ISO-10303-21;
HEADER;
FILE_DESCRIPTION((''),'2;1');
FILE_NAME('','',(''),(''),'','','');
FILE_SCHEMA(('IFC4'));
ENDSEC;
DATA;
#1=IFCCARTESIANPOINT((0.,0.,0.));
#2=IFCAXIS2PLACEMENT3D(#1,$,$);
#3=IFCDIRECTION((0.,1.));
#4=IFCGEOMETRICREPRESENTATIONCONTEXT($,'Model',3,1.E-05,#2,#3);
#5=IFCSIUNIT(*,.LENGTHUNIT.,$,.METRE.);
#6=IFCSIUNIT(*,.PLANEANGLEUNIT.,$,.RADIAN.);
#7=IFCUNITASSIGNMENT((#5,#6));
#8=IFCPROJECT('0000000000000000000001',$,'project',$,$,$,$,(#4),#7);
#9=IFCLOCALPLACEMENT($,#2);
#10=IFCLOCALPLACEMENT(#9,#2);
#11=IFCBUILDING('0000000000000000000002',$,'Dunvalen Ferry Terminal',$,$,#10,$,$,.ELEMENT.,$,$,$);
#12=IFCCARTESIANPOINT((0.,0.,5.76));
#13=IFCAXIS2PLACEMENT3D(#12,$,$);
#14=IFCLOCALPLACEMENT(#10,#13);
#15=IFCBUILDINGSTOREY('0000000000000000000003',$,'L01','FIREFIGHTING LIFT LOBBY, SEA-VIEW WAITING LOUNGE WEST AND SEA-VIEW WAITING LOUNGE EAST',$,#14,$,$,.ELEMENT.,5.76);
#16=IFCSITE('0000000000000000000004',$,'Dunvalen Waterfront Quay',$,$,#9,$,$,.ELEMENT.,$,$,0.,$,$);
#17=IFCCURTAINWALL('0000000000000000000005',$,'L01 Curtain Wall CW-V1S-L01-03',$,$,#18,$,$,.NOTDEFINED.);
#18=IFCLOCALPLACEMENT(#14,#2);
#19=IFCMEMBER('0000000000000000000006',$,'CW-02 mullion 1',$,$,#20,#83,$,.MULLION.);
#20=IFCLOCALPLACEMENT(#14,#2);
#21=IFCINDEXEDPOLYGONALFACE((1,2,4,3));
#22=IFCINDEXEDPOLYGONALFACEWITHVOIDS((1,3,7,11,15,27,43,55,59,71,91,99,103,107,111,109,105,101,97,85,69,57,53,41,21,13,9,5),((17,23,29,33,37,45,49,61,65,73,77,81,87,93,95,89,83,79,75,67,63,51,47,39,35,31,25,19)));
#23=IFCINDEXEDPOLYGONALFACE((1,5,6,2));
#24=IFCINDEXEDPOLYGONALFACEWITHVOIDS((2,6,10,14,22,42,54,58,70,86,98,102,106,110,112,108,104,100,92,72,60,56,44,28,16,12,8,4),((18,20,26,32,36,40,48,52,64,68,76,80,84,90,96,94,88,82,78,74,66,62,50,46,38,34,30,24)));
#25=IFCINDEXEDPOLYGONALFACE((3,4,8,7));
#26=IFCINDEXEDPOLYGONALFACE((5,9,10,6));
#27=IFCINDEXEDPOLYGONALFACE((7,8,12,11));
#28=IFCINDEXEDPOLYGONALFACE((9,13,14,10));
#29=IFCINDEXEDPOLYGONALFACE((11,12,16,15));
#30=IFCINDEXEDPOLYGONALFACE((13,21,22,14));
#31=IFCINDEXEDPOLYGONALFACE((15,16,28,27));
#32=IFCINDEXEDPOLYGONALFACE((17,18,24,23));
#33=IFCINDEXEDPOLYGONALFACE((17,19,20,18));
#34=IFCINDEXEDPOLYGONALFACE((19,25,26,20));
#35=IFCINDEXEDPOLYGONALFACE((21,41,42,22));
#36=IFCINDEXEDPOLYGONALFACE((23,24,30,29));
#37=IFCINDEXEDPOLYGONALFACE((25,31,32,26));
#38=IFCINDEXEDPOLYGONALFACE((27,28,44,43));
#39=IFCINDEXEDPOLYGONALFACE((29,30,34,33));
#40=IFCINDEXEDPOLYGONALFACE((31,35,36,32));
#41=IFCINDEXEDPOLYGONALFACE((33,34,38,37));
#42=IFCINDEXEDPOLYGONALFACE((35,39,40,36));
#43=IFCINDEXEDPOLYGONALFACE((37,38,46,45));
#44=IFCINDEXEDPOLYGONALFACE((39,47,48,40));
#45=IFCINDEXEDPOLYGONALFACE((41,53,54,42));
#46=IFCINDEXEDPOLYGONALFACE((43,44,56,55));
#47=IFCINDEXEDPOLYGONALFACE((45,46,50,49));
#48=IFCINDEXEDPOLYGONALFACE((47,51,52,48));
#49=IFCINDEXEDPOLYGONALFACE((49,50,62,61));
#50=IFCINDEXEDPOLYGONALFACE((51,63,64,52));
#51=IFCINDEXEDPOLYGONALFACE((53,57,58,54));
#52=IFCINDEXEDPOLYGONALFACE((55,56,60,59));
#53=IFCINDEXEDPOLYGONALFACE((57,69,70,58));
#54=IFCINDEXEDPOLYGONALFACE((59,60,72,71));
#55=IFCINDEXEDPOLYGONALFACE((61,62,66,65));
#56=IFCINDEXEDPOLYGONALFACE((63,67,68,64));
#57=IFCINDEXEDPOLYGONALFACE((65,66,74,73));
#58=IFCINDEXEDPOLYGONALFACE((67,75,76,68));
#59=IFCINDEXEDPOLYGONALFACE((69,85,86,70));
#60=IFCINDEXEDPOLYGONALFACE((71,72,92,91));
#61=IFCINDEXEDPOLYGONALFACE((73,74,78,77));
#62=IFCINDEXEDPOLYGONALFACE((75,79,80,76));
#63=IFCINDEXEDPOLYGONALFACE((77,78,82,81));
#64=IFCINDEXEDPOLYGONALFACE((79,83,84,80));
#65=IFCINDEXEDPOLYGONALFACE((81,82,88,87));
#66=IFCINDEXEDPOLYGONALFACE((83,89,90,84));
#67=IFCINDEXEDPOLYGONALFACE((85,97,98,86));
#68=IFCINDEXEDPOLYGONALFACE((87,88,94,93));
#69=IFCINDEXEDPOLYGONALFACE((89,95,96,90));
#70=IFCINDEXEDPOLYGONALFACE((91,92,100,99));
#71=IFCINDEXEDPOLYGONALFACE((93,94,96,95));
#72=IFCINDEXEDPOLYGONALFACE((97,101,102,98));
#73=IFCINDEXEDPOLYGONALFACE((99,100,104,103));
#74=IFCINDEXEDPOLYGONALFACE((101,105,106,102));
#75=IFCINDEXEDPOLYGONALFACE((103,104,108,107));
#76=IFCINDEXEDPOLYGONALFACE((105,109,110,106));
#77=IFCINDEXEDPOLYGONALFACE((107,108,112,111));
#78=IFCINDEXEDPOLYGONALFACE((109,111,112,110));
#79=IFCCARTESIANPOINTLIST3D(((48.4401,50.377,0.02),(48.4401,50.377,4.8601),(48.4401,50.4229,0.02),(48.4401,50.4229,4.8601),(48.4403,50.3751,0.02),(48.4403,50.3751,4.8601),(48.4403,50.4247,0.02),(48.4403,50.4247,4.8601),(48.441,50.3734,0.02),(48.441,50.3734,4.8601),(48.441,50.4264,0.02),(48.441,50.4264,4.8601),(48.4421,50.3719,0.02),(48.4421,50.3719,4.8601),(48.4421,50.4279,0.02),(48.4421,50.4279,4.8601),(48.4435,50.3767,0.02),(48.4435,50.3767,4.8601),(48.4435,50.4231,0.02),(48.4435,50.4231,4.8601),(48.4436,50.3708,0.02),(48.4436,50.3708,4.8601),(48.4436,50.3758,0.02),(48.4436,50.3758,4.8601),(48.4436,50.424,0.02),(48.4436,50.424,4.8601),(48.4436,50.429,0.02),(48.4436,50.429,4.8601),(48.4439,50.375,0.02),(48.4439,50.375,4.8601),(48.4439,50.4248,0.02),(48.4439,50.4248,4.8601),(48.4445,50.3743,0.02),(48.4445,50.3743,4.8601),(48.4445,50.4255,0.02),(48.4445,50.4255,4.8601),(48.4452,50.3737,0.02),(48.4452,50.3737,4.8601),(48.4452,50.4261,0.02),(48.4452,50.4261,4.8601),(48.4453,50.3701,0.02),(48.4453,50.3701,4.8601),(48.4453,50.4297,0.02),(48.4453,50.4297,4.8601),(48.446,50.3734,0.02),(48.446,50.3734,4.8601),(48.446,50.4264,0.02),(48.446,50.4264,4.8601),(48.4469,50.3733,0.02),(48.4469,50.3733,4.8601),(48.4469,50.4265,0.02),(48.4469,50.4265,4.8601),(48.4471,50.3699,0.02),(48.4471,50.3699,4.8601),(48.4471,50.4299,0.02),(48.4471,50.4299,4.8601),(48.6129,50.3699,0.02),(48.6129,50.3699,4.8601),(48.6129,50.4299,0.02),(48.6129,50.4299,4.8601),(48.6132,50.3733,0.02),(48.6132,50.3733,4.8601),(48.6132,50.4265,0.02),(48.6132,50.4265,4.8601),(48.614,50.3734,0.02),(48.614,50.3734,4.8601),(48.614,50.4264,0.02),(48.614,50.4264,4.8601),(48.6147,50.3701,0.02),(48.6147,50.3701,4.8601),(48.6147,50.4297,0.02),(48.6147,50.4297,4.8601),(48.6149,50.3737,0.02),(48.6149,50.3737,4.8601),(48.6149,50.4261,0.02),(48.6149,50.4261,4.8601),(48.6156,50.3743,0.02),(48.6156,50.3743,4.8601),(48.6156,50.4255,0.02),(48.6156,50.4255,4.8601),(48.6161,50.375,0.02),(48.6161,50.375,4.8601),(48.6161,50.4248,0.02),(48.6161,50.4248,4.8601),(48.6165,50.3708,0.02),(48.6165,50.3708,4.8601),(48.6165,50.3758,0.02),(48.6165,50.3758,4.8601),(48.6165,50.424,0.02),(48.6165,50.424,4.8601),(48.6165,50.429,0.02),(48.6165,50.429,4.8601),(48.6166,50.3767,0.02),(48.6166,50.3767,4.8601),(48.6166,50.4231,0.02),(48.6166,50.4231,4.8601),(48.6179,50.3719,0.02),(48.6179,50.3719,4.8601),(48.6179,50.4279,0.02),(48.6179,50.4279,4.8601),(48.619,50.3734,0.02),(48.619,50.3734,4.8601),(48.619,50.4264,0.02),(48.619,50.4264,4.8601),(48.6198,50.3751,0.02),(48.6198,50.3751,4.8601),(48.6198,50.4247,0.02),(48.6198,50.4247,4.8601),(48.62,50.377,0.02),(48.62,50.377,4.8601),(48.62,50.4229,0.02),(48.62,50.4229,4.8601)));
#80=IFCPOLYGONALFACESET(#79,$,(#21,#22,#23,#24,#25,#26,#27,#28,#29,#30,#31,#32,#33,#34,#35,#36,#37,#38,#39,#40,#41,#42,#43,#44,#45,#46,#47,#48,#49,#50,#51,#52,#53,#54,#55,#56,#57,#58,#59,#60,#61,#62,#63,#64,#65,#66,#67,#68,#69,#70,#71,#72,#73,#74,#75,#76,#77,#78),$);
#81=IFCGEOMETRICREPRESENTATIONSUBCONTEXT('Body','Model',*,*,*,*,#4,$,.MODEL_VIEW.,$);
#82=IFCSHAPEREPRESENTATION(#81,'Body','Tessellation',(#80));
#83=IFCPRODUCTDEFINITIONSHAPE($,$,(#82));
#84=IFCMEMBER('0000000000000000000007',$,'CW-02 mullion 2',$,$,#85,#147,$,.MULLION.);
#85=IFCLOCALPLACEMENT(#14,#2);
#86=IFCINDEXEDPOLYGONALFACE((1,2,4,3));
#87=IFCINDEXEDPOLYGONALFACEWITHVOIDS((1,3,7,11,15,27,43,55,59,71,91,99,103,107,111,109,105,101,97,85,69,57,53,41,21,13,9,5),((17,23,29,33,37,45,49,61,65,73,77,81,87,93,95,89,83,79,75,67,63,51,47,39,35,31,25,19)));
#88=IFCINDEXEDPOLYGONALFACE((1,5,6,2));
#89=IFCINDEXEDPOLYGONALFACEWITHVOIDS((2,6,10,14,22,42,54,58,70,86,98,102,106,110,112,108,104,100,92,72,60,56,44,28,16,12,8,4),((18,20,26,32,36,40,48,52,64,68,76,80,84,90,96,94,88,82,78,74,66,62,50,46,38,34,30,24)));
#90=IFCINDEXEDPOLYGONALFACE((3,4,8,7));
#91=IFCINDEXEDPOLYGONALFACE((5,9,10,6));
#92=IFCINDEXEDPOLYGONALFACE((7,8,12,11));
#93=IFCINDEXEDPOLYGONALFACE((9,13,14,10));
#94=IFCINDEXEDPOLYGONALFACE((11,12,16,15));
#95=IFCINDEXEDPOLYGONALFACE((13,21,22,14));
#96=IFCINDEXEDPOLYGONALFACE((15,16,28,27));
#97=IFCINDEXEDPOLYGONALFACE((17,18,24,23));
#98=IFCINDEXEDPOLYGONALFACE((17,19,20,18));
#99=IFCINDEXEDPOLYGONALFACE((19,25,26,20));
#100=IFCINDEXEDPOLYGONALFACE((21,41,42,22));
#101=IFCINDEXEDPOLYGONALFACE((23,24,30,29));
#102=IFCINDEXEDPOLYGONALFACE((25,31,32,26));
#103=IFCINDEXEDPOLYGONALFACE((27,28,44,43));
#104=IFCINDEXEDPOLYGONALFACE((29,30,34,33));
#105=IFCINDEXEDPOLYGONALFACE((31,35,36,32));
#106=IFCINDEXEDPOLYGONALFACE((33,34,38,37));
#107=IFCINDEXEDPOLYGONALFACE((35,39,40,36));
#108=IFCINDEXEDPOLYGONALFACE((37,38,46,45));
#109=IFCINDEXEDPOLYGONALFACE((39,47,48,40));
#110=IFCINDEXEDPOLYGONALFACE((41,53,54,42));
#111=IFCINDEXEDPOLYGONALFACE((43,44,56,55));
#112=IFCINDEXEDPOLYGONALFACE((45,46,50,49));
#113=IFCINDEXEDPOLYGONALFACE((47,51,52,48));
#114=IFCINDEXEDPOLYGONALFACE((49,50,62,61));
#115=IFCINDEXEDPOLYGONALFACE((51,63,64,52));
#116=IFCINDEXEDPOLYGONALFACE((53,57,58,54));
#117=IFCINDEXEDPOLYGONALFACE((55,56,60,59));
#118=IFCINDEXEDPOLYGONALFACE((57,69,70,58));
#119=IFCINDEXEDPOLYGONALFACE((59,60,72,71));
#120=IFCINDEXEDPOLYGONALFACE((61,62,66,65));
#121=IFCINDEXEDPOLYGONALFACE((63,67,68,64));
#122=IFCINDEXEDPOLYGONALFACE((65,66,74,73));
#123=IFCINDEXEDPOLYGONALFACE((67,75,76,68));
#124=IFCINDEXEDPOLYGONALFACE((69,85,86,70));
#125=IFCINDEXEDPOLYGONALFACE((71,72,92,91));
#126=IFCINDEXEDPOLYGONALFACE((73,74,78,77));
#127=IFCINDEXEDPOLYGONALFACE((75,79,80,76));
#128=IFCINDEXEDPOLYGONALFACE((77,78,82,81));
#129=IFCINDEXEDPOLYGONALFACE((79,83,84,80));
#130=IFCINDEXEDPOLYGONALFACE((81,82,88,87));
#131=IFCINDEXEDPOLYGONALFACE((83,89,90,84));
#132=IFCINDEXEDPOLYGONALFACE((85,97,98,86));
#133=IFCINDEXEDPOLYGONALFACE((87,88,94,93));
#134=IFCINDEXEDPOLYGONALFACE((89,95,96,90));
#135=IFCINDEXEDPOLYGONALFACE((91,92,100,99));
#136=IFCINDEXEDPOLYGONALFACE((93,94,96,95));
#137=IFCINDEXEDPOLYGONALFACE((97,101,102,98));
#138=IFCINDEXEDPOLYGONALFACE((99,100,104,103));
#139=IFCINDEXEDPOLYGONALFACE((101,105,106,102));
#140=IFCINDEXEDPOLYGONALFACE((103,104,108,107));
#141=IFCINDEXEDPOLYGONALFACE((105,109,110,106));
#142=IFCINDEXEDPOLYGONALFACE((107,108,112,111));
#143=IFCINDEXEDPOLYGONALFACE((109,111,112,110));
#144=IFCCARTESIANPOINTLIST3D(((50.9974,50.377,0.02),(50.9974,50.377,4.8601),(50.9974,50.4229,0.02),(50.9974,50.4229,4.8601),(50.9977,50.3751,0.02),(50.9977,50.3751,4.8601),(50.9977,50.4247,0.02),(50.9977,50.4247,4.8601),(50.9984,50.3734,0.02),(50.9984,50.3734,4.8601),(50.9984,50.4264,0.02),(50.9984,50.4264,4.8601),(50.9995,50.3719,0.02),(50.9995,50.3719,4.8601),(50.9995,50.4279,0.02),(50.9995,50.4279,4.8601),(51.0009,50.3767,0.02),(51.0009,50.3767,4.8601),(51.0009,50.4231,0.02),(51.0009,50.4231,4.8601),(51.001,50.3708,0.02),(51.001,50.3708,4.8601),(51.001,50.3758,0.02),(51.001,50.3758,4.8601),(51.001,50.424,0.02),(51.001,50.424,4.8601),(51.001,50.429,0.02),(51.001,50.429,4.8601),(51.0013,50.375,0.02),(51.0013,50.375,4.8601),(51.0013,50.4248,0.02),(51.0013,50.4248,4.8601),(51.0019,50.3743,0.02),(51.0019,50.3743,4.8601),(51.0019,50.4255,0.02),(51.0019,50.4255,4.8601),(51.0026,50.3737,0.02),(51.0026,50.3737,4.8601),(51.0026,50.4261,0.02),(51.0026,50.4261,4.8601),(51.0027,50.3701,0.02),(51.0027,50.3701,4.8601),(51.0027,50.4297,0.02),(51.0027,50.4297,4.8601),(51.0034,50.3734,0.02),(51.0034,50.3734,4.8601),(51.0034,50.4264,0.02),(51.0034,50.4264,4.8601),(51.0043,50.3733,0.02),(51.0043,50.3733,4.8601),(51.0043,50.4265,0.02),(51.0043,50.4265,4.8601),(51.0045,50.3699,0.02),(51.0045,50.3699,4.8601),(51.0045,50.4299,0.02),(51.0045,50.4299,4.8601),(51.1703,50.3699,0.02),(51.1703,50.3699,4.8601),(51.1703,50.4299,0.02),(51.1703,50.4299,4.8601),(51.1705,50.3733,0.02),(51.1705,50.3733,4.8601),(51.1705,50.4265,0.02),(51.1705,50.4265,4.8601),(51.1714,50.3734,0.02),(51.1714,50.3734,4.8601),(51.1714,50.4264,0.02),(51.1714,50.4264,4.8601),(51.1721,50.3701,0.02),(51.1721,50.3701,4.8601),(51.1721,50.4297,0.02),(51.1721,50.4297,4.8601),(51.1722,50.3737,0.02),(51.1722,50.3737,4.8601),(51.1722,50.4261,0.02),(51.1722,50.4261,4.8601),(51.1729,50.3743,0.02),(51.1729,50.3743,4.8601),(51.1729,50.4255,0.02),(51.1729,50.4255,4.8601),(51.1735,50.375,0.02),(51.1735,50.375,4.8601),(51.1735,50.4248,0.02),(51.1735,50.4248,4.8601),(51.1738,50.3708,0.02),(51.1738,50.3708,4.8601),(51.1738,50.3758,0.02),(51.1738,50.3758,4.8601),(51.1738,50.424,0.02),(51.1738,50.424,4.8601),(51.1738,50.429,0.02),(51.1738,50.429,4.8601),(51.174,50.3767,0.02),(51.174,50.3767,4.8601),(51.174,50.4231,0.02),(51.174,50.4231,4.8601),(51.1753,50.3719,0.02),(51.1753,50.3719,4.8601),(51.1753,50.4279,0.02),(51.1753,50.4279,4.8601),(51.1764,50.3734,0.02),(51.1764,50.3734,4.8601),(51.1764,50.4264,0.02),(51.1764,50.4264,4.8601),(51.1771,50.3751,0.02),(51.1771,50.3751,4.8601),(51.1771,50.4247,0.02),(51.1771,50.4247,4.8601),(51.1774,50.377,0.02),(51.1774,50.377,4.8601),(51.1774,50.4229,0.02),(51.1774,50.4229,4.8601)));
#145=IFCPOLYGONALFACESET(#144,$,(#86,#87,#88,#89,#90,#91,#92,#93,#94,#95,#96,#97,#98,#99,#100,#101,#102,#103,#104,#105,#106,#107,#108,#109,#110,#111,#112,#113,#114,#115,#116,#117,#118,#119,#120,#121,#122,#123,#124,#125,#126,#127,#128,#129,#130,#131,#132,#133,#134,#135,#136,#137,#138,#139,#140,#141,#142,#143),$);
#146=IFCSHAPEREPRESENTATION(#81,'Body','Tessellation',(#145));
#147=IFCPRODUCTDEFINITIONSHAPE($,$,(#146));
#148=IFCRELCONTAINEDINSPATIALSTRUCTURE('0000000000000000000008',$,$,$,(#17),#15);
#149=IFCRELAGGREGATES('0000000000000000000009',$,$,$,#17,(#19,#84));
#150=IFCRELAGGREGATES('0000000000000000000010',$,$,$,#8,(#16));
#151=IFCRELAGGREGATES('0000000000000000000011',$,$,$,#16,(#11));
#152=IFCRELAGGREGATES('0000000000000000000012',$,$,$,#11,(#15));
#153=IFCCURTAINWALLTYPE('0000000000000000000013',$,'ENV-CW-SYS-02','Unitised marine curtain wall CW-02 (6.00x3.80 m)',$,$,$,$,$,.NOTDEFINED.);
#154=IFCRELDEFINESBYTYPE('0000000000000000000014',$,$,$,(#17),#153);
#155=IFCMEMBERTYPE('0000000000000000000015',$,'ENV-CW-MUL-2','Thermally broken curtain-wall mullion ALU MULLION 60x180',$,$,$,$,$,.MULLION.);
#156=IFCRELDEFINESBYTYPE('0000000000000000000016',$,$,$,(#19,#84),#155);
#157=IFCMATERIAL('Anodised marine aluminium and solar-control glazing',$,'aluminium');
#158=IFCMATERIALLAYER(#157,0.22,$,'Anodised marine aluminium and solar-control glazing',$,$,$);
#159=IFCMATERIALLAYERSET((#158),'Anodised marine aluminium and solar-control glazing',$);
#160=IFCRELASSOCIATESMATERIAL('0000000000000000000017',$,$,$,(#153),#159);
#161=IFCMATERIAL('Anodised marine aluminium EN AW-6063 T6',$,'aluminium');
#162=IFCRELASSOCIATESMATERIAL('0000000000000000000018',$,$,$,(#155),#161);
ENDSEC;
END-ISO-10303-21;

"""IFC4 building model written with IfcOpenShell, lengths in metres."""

from ifc_helpers import new_model, si_unit, direction, frame, origin, origin_2d, place, context, subcontext, project, spatial, hollow_rectangle, extrude, material, layer, layer_set, material_profile, profile_set, type_object, element, aggregate, save


model = new_model("IFC4")

# Units and contexts
model_context = context("Model", 3, precision=1e-05, world=origin(), true_north=direction((0.0, 1.0)))
body_context = subcontext(model_context, "Body", "Model", "MODEL_VIEW")
ifc_project = project(units=[si_unit("LENGTHUNIT", "METRE"), si_unit("PLANEANGLEUNIT", "RADIAN")], contexts=[model_context])

# Site, building, storey
site_placement = place(None, origin())
site = spatial("IfcSite", under=ifc_project, at=site_placement, Name="Dunvalen Waterfront Quay", CompositionType="ELEMENT", RefElevation=0.0)
building_placement = place(site_placement, origin())
building = spatial("IfcBuilding", under=site, at=building_placement, Name="Dunvalen Ferry Terminal", CompositionType="ELEMENT")
storey_placement = place(building_placement, frame((0.0, 0.0, 5.76)))
storey = spatial("IfcBuildingStorey", under=building, at=storey_placement, Name="L01", Description="FIREFIGHTING LIFT LOBBY, SEA-VIEW WAITING LOUNGE WEST AND SEA-VIEW WAITING LOUNGE EAST", CompositionType="ELEMENT", Elevation=5.76)

# Curtain wall, members
ifc_material_1 = material(Name="Anodised marine aluminium and solar-control glazing", Category="aluminium")
ifc_layer_1 = layer(ifc_material_1, 0.22, Name="Anodised marine aluminium and solar-control glazing")
ifc_layer_set_1 = layer_set([ifc_layer_1], Name="Anodised marine aluminium and solar-control glazing")
curtain_wall_type_1 = type_object("IfcCurtainWallType", Name="ENV-CW-SYS-02", Description="Unitised marine curtain wall CW-02 (6.00x3.80 m)", PredefinedType="NOTDEFINED", material=ifc_layer_set_1)
ifc_material_2 = material(Name="Anodised marine aluminium EN AW-6063 T6", Category="aluminium")
ifc_material_profile_1 = material_profile(ifc_material_2, hollow_rectangle(XDim=0.0601, YDim=0.1799, WallThickness=0.0034, InnerFilletRadius=0.0034, OuterFilletRadius=0.0071, at=origin_2d()), Name="Anodised marine aluminium EN AW-6063 T6")
ifc_profile_set_1 = profile_set([ifc_material_profile_1], Name="Anodised marine aluminium EN AW-6063 T6")
member_type_1 = type_object("IfcMemberType", Name="ENV-CW-MUL-2", Description="Thermally broken curtain-wall mullion ALU MULLION 60x180", PredefinedType="MULLION", material=ifc_profile_set_1)
curtain_wall_1_placement = place(storey_placement, origin())
curtain_wall_1 = element("IfcCurtainWall", 1, at=curtain_wall_1_placement, inside=storey, type_object=curtain_wall_type_1, Name="L01 Curtain Wall CW-V1S-L01-03", PredefinedType="NOTDEFINED")
member_1_placement = place(storey_placement, frame((48.53, 50.3999, 0.02), z_axis=(0.0, 0.0, 1.0), x_axis=(0.0, 1.0, 0.0)))
member_1 = element("IfcMember", 2, at=member_1_placement, type_object=member_type_1, Name="CW-02 mullion 1", PredefinedType="MULLION", context=body_context, shape_type="SweptSolid", body=[
    extrude(hollow_rectangle(XDim=0.0601, YDim=0.1799, WallThickness=0.0034, InnerFilletRadius=0.0034, OuterFilletRadius=0.0071, at=origin_2d()), origin(), (0.0, 0.0, 1.0), 4.8401),
])
member_2_placement = place(storey_placement, frame((51.0874, 50.3999, 0.02), z_axis=(0.0, 0.0, 1.0), x_axis=(0.0, 1.0, 0.0)))
member_2 = element("IfcMember", 3, at=member_2_placement, type_object=member_type_1, Name="CW-02 mullion 2", PredefinedType="MULLION", context=body_context, shape_type="SweptSolid", body=[
    extrude(hollow_rectangle(XDim=0.0601, YDim=0.1799, WallThickness=0.0034, InnerFilletRadius=0.0034, OuterFilletRadius=0.0071, at=origin_2d()), origin(), (0.0, 0.0, 1.0), 4.8401),
])

aggregate(curtain_wall_1, [member_1, member_2])

save(model, "model.ifc")
